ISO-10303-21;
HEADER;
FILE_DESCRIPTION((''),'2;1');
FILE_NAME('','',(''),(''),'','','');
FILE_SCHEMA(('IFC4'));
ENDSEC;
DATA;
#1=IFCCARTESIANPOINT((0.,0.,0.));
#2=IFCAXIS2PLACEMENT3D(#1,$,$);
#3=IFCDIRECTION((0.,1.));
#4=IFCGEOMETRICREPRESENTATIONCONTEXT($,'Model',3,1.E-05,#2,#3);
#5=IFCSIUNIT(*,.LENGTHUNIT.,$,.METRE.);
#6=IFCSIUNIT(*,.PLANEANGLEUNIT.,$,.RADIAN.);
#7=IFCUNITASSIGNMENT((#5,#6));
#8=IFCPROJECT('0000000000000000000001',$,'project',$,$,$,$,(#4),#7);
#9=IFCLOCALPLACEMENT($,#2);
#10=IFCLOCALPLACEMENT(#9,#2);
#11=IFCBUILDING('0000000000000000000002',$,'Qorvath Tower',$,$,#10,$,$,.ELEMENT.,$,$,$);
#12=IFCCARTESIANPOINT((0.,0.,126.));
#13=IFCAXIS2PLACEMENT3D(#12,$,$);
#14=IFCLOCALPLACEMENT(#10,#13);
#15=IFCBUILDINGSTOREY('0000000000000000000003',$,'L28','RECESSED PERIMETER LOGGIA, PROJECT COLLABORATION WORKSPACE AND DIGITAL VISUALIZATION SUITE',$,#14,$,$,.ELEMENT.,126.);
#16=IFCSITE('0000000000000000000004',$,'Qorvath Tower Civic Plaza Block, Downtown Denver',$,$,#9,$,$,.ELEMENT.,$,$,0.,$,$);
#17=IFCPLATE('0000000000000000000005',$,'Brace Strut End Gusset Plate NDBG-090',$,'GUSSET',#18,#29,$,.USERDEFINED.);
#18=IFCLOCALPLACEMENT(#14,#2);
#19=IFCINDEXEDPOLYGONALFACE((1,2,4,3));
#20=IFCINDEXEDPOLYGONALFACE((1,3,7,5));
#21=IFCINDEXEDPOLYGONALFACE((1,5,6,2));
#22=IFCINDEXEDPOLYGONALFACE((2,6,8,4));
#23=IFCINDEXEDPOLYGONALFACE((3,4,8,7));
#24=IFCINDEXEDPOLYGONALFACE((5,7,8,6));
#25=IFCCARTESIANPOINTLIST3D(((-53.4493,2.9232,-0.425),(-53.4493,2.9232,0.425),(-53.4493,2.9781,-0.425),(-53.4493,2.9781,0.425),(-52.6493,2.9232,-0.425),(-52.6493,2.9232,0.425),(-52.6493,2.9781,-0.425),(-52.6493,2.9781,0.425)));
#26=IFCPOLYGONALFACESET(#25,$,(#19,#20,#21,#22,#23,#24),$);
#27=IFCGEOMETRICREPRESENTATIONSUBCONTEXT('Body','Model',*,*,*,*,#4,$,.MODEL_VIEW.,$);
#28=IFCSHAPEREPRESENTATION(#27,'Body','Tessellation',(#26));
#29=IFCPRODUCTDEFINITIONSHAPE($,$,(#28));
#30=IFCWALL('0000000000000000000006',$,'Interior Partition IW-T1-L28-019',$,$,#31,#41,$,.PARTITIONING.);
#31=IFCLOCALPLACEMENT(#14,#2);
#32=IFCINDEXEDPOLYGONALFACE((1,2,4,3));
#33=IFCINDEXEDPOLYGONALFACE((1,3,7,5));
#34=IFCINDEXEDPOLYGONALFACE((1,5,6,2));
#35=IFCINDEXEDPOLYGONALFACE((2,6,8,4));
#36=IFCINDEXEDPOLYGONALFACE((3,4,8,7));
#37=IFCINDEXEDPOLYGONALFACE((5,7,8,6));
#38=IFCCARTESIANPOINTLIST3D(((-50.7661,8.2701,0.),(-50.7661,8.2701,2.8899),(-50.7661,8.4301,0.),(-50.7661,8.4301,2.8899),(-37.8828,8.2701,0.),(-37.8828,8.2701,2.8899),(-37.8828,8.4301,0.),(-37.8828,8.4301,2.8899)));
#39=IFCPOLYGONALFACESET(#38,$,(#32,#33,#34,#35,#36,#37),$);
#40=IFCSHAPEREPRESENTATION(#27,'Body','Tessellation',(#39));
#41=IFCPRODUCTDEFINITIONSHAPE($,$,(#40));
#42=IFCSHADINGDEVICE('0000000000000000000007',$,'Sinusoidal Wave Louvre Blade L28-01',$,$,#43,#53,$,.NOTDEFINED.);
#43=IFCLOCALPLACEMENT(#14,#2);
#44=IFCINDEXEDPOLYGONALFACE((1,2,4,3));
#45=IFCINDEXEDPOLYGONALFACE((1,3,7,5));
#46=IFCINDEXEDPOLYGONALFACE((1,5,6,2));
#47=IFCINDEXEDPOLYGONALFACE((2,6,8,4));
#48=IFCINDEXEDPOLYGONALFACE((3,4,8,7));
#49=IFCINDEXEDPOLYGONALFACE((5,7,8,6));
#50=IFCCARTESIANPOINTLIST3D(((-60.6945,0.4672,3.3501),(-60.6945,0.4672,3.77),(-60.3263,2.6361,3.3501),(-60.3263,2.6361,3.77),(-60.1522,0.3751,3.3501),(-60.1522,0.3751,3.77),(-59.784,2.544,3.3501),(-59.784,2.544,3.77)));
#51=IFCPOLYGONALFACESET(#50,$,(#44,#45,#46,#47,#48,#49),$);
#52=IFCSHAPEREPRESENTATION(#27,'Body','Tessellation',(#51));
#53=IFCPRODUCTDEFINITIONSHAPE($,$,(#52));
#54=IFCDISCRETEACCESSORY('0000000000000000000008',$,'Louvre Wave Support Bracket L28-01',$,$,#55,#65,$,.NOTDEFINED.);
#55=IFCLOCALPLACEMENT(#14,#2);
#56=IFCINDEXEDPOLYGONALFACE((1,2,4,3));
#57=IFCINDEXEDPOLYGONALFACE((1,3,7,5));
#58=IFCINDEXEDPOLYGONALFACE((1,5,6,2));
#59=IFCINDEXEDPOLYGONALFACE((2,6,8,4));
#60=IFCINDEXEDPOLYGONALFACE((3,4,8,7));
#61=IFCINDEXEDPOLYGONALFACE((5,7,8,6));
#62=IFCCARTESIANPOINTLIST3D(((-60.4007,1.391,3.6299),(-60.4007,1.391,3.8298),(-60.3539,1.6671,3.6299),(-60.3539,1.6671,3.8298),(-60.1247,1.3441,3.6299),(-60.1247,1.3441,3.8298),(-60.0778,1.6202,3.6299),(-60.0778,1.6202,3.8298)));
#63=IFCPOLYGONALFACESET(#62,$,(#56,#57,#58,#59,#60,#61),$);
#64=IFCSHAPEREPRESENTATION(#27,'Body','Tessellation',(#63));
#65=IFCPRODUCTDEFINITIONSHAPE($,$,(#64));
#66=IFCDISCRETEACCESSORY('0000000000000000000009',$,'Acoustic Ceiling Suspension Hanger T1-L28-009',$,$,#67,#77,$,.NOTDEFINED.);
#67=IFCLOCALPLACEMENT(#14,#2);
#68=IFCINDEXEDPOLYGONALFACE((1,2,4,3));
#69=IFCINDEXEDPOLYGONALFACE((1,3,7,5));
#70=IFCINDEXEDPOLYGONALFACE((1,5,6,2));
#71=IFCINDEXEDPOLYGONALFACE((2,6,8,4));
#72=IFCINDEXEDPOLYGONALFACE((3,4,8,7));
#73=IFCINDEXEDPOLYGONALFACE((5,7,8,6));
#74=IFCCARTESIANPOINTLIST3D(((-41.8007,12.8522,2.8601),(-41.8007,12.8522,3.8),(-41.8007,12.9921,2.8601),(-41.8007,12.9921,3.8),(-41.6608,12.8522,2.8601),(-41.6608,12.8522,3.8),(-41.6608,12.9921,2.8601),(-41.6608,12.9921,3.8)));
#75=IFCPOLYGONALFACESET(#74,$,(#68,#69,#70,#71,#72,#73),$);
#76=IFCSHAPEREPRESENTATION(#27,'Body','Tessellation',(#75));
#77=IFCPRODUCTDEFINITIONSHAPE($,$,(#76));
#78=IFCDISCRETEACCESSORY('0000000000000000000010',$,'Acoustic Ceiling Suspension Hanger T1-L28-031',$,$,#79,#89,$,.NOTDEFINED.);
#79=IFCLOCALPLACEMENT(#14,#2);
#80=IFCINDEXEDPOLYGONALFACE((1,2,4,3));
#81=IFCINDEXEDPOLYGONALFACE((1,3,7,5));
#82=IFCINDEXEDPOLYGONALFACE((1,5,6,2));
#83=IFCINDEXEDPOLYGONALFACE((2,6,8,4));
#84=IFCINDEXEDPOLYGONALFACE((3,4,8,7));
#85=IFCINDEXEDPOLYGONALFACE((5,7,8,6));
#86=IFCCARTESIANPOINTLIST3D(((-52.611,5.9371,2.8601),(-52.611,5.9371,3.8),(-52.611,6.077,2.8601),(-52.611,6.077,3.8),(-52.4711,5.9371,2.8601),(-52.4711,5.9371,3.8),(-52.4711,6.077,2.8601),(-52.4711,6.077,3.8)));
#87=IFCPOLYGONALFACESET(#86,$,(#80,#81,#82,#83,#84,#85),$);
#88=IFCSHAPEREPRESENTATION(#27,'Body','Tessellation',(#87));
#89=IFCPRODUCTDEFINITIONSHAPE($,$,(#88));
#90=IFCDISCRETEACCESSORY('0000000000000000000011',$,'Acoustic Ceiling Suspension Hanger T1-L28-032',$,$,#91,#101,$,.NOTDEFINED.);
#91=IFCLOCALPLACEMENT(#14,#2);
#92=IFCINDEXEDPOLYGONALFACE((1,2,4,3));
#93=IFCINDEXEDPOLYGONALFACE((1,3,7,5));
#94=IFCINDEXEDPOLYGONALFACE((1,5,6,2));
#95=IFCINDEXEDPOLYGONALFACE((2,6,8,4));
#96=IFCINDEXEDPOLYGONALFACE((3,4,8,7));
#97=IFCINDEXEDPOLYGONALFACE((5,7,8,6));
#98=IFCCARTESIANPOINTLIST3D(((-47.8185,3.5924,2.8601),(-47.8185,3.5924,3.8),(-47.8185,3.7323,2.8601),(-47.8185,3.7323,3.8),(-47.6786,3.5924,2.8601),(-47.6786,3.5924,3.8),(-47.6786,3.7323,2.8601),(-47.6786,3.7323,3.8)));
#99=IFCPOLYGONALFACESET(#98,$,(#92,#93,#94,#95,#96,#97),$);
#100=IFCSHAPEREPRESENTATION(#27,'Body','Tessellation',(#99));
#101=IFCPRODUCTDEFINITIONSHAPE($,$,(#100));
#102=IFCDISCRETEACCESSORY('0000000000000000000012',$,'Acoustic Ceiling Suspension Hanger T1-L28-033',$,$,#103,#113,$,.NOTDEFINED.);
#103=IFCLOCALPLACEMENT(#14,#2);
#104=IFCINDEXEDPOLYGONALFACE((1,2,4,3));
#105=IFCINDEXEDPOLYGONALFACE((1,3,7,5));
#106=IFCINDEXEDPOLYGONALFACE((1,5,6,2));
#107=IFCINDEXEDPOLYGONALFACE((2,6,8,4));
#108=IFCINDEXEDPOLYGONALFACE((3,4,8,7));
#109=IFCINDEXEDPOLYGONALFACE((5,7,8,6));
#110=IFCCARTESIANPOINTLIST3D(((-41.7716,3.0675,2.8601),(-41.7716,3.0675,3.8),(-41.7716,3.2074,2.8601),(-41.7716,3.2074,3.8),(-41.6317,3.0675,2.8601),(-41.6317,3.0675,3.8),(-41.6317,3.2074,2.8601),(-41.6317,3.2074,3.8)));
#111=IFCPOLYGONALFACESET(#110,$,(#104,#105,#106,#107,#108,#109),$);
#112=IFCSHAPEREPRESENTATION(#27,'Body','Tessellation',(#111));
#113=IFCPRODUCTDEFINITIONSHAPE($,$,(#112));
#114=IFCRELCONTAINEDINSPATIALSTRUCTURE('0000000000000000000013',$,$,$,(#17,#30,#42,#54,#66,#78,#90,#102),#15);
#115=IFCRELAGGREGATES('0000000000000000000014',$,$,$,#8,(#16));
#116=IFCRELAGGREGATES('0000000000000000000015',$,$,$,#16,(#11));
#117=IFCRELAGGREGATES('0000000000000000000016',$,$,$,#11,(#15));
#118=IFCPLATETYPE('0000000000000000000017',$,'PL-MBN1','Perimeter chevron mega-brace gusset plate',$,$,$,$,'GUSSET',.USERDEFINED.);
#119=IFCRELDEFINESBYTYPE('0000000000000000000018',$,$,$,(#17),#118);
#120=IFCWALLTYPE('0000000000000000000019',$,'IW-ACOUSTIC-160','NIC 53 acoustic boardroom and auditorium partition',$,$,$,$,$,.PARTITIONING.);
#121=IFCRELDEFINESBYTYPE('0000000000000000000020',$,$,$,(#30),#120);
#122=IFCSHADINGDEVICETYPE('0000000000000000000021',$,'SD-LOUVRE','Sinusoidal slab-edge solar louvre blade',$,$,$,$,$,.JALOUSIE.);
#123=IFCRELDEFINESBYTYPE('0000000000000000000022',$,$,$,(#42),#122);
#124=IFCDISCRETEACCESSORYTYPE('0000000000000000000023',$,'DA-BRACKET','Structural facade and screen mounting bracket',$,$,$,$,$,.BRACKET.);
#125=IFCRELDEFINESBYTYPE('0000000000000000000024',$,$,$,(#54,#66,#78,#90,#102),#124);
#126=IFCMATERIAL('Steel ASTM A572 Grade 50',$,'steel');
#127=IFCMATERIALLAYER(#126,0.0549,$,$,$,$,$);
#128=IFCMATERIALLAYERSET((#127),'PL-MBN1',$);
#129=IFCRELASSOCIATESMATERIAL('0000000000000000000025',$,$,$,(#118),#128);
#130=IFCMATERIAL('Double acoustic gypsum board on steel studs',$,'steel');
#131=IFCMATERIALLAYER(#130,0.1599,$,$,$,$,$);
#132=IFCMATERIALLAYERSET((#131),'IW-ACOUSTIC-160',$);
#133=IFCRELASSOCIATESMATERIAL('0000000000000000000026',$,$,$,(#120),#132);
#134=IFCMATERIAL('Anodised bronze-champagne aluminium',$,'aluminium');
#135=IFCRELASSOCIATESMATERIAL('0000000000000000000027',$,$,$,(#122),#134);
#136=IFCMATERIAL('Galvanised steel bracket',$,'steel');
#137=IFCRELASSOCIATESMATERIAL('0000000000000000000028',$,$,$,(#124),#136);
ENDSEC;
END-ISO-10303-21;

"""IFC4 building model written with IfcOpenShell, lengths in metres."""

from ifc_helpers import new_model, si_unit, direction, frame, frame_2d, origin, origin_2d, place, context, subcontext, project, spatial, rectangle, extrude, material, layer, layer_set, type_object, element, save


model = new_model("IFC4")

# Units and contexts
model_context = context("Model", 3, precision=1e-05, world=origin(), true_north=direction((0.0, 1.0)))
body_context = subcontext(model_context, "Body", "Model", "MODEL_VIEW")
ifc_project = project(units=[si_unit("LENGTHUNIT", "METRE"), si_unit("PLANEANGLEUNIT", "RADIAN")], contexts=[model_context])

# Site, building, storey
site_placement = place(None, origin())
site = spatial("IfcSite", under=ifc_project, at=site_placement, Name="Qorvath Tower Civic Plaza Block, Downtown Denver", CompositionType="ELEMENT", RefElevation=0.0)
building_placement = place(site_placement, origin())
building = spatial("IfcBuilding", under=site, at=building_placement, Name="Qorvath Tower", CompositionType="ELEMENT")
storey_placement = place(building_placement, frame((0.0, 0.0, 126.0)))
storey = spatial("IfcBuildingStorey", under=building, at=storey_placement, Name="L28", Description="RECESSED PERIMETER LOGGIA, PROJECT COLLABORATION WORKSPACE AND DIGITAL VISUALIZATION SUITE", CompositionType="ELEMENT", Elevation=126.0)

# Plate
ifc_material_1 = material(Name="Steel ASTM A572 Grade 50", Category="steel")
ifc_layer_1 = layer(ifc_material_1, 0.0549)
ifc_layer_set_1 = layer_set([ifc_layer_1], Name="PL-MBN1")
plate_type_1 = type_object("IfcPlateType", Name="PL-MBN1", Description="Perimeter chevron mega-brace gusset plate", ElementType="GUSSET", PredefinedType="USERDEFINED", material=ifc_layer_set_1)
plate_1_placement = place(storey_placement, frame((-53.0493, 2.9507, -0.425), z_axis=(0.0, 0.0, 1.0), x_axis=(1.0, 0.0, 0.0)))
element("IfcPlate", 1, at=plate_1_placement, inside=storey, type_object=plate_type_1, Name="Brace Strut End Gusset Plate NDBG-090", ObjectType="GUSSET", PredefinedType="USERDEFINED", context=body_context, shape_type="SweptSolid", body=[
    extrude(rectangle(XDim=0.8, YDim=0.0549, at=origin_2d()), origin(), (0.0, 0.0, 1.0), 0.8501),
])

# Wall
ifc_material_2 = material(Name="Double acoustic gypsum board on steel studs", Category="steel")
ifc_layer_2 = layer(ifc_material_2, 0.1599)
ifc_layer_set_2 = layer_set([ifc_layer_2], Name="IW-ACOUSTIC-160")
wall_type = type_object("IfcWallType", Name="IW-ACOUSTIC-160", Description="NIC 53 acoustic boardroom and auditorium partition", PredefinedType="PARTITIONING", material=ifc_layer_set_2)
wall_placement = place(storey_placement, frame((-50.7661, 8.3501, 0.0), z_axis=(0.0, 0.0, 1.0), x_axis=(1.0, 0.0, 0.0)))
element("IfcWall", 2, at=wall_placement, inside=storey, type_object=wall_type, Name="Interior Partition IW-T1-L28-019", PredefinedType="PARTITIONING", context=body_context, shape_type="SweptSolid", body=[
    extrude(rectangle(XDim=12.8833, YDim=0.1599, at=frame_2d((6.4417, 0.0))), origin(), (0.0, 0.0, 1.0), 2.8899),
])

# Shading device
ifc_material_3 = material(Name="Anodised bronze-champagne aluminium", Category="aluminium")
shading_device_type = type_object("IfcShadingDeviceType", Name="SD-LOUVRE", Description="Sinusoidal slab-edge solar louvre blade", PredefinedType="JALOUSIE", material=ifc_material_3)
shading_device_placement = place(storey_placement, frame((-60.2393, 1.5056, 3.3501), z_axis=(0.0, 0.0, 1.0), x_axis=(-0.167371, -0.985894, 0.0)))
element("IfcShadingDevice", 3, at=shading_device_placement, inside=storey, type_object=shading_device_type, Name="Sinusoidal Wave Louvre Blade L28-01", PredefinedType="NOTDEFINED", context=body_context, shape_type="SweptSolid", body=[
    extrude(rectangle(XDim=2.2, YDim=0.55, at=origin_2d()), origin(), (0.0, 0.0, 1.0), 0.4199),
])

# Discrete accessories
ifc_material_4 = material(Name="Galvanised steel bracket", Category="steel")
discrete_accessory_type = type_object("IfcDiscreteAccessoryType", Name="DA-BRACKET", Description="Structural facade and screen mounting bracket", PredefinedType="BRACKET", material=ifc_material_4)
discrete_accessory_placement = place(storey_placement, frame((-60.2393, 1.5056, 3.6299), z_axis=(0.0, 0.0, 1.0), x_axis=(-0.167371, -0.985894, 0.0)))
element("IfcDiscreteAccessory", 4, at=discrete_accessory_placement, inside=storey, type_object=discrete_accessory_type, Name="Louvre Wave Support Bracket L28-01", PredefinedType="NOTDEFINED", context=body_context, shape_type="SweptSolid", body=[
    extrude(rectangle(XDim=0.28, YDim=0.28, at=origin_2d()), origin(), (0.0, 0.0, 1.0), 0.2),
])
for number, where, z_axis, x_axis, name in (
    (5, (-41.7307, 12.9221, 2.8601), (0.0, 0.0, 1.0), (1.0, 0.0, 0.0), "Acoustic Ceiling Suspension Hanger T1-L28-009"),
    (6, (-52.541, 6.0071, 2.8601), (0.0, 0.0, 1.0), (1.0, 0.0, 0.0), "Acoustic Ceiling Suspension Hanger T1-L28-031"),
    (7, (-47.7485, 3.6624, 2.8601), (0.0, 0.0, 1.0), (1.0, 0.0, 0.0), "Acoustic Ceiling Suspension Hanger T1-L28-032"),
    (8, (-41.7017, 3.1375, 2.8601), (0.0, 0.0, 1.0), (1.0, 0.0, 0.0), "Acoustic Ceiling Suspension Hanger T1-L28-033"),
):
    element("IfcDiscreteAccessory", number, at=place(storey_placement, frame(where, z_axis=z_axis, x_axis=x_axis)), inside=storey, type_object=discrete_accessory_type, Name=name, PredefinedType="NOTDEFINED", context=body_context, shape_type="SweptSolid", body=[
        extrude(rectangle(XDim=0.1399, YDim=0.1399, at=origin_2d()), origin(), (0.0, 0.0, 1.0), 0.9399),
    ])

save(model, "model.ifc")
